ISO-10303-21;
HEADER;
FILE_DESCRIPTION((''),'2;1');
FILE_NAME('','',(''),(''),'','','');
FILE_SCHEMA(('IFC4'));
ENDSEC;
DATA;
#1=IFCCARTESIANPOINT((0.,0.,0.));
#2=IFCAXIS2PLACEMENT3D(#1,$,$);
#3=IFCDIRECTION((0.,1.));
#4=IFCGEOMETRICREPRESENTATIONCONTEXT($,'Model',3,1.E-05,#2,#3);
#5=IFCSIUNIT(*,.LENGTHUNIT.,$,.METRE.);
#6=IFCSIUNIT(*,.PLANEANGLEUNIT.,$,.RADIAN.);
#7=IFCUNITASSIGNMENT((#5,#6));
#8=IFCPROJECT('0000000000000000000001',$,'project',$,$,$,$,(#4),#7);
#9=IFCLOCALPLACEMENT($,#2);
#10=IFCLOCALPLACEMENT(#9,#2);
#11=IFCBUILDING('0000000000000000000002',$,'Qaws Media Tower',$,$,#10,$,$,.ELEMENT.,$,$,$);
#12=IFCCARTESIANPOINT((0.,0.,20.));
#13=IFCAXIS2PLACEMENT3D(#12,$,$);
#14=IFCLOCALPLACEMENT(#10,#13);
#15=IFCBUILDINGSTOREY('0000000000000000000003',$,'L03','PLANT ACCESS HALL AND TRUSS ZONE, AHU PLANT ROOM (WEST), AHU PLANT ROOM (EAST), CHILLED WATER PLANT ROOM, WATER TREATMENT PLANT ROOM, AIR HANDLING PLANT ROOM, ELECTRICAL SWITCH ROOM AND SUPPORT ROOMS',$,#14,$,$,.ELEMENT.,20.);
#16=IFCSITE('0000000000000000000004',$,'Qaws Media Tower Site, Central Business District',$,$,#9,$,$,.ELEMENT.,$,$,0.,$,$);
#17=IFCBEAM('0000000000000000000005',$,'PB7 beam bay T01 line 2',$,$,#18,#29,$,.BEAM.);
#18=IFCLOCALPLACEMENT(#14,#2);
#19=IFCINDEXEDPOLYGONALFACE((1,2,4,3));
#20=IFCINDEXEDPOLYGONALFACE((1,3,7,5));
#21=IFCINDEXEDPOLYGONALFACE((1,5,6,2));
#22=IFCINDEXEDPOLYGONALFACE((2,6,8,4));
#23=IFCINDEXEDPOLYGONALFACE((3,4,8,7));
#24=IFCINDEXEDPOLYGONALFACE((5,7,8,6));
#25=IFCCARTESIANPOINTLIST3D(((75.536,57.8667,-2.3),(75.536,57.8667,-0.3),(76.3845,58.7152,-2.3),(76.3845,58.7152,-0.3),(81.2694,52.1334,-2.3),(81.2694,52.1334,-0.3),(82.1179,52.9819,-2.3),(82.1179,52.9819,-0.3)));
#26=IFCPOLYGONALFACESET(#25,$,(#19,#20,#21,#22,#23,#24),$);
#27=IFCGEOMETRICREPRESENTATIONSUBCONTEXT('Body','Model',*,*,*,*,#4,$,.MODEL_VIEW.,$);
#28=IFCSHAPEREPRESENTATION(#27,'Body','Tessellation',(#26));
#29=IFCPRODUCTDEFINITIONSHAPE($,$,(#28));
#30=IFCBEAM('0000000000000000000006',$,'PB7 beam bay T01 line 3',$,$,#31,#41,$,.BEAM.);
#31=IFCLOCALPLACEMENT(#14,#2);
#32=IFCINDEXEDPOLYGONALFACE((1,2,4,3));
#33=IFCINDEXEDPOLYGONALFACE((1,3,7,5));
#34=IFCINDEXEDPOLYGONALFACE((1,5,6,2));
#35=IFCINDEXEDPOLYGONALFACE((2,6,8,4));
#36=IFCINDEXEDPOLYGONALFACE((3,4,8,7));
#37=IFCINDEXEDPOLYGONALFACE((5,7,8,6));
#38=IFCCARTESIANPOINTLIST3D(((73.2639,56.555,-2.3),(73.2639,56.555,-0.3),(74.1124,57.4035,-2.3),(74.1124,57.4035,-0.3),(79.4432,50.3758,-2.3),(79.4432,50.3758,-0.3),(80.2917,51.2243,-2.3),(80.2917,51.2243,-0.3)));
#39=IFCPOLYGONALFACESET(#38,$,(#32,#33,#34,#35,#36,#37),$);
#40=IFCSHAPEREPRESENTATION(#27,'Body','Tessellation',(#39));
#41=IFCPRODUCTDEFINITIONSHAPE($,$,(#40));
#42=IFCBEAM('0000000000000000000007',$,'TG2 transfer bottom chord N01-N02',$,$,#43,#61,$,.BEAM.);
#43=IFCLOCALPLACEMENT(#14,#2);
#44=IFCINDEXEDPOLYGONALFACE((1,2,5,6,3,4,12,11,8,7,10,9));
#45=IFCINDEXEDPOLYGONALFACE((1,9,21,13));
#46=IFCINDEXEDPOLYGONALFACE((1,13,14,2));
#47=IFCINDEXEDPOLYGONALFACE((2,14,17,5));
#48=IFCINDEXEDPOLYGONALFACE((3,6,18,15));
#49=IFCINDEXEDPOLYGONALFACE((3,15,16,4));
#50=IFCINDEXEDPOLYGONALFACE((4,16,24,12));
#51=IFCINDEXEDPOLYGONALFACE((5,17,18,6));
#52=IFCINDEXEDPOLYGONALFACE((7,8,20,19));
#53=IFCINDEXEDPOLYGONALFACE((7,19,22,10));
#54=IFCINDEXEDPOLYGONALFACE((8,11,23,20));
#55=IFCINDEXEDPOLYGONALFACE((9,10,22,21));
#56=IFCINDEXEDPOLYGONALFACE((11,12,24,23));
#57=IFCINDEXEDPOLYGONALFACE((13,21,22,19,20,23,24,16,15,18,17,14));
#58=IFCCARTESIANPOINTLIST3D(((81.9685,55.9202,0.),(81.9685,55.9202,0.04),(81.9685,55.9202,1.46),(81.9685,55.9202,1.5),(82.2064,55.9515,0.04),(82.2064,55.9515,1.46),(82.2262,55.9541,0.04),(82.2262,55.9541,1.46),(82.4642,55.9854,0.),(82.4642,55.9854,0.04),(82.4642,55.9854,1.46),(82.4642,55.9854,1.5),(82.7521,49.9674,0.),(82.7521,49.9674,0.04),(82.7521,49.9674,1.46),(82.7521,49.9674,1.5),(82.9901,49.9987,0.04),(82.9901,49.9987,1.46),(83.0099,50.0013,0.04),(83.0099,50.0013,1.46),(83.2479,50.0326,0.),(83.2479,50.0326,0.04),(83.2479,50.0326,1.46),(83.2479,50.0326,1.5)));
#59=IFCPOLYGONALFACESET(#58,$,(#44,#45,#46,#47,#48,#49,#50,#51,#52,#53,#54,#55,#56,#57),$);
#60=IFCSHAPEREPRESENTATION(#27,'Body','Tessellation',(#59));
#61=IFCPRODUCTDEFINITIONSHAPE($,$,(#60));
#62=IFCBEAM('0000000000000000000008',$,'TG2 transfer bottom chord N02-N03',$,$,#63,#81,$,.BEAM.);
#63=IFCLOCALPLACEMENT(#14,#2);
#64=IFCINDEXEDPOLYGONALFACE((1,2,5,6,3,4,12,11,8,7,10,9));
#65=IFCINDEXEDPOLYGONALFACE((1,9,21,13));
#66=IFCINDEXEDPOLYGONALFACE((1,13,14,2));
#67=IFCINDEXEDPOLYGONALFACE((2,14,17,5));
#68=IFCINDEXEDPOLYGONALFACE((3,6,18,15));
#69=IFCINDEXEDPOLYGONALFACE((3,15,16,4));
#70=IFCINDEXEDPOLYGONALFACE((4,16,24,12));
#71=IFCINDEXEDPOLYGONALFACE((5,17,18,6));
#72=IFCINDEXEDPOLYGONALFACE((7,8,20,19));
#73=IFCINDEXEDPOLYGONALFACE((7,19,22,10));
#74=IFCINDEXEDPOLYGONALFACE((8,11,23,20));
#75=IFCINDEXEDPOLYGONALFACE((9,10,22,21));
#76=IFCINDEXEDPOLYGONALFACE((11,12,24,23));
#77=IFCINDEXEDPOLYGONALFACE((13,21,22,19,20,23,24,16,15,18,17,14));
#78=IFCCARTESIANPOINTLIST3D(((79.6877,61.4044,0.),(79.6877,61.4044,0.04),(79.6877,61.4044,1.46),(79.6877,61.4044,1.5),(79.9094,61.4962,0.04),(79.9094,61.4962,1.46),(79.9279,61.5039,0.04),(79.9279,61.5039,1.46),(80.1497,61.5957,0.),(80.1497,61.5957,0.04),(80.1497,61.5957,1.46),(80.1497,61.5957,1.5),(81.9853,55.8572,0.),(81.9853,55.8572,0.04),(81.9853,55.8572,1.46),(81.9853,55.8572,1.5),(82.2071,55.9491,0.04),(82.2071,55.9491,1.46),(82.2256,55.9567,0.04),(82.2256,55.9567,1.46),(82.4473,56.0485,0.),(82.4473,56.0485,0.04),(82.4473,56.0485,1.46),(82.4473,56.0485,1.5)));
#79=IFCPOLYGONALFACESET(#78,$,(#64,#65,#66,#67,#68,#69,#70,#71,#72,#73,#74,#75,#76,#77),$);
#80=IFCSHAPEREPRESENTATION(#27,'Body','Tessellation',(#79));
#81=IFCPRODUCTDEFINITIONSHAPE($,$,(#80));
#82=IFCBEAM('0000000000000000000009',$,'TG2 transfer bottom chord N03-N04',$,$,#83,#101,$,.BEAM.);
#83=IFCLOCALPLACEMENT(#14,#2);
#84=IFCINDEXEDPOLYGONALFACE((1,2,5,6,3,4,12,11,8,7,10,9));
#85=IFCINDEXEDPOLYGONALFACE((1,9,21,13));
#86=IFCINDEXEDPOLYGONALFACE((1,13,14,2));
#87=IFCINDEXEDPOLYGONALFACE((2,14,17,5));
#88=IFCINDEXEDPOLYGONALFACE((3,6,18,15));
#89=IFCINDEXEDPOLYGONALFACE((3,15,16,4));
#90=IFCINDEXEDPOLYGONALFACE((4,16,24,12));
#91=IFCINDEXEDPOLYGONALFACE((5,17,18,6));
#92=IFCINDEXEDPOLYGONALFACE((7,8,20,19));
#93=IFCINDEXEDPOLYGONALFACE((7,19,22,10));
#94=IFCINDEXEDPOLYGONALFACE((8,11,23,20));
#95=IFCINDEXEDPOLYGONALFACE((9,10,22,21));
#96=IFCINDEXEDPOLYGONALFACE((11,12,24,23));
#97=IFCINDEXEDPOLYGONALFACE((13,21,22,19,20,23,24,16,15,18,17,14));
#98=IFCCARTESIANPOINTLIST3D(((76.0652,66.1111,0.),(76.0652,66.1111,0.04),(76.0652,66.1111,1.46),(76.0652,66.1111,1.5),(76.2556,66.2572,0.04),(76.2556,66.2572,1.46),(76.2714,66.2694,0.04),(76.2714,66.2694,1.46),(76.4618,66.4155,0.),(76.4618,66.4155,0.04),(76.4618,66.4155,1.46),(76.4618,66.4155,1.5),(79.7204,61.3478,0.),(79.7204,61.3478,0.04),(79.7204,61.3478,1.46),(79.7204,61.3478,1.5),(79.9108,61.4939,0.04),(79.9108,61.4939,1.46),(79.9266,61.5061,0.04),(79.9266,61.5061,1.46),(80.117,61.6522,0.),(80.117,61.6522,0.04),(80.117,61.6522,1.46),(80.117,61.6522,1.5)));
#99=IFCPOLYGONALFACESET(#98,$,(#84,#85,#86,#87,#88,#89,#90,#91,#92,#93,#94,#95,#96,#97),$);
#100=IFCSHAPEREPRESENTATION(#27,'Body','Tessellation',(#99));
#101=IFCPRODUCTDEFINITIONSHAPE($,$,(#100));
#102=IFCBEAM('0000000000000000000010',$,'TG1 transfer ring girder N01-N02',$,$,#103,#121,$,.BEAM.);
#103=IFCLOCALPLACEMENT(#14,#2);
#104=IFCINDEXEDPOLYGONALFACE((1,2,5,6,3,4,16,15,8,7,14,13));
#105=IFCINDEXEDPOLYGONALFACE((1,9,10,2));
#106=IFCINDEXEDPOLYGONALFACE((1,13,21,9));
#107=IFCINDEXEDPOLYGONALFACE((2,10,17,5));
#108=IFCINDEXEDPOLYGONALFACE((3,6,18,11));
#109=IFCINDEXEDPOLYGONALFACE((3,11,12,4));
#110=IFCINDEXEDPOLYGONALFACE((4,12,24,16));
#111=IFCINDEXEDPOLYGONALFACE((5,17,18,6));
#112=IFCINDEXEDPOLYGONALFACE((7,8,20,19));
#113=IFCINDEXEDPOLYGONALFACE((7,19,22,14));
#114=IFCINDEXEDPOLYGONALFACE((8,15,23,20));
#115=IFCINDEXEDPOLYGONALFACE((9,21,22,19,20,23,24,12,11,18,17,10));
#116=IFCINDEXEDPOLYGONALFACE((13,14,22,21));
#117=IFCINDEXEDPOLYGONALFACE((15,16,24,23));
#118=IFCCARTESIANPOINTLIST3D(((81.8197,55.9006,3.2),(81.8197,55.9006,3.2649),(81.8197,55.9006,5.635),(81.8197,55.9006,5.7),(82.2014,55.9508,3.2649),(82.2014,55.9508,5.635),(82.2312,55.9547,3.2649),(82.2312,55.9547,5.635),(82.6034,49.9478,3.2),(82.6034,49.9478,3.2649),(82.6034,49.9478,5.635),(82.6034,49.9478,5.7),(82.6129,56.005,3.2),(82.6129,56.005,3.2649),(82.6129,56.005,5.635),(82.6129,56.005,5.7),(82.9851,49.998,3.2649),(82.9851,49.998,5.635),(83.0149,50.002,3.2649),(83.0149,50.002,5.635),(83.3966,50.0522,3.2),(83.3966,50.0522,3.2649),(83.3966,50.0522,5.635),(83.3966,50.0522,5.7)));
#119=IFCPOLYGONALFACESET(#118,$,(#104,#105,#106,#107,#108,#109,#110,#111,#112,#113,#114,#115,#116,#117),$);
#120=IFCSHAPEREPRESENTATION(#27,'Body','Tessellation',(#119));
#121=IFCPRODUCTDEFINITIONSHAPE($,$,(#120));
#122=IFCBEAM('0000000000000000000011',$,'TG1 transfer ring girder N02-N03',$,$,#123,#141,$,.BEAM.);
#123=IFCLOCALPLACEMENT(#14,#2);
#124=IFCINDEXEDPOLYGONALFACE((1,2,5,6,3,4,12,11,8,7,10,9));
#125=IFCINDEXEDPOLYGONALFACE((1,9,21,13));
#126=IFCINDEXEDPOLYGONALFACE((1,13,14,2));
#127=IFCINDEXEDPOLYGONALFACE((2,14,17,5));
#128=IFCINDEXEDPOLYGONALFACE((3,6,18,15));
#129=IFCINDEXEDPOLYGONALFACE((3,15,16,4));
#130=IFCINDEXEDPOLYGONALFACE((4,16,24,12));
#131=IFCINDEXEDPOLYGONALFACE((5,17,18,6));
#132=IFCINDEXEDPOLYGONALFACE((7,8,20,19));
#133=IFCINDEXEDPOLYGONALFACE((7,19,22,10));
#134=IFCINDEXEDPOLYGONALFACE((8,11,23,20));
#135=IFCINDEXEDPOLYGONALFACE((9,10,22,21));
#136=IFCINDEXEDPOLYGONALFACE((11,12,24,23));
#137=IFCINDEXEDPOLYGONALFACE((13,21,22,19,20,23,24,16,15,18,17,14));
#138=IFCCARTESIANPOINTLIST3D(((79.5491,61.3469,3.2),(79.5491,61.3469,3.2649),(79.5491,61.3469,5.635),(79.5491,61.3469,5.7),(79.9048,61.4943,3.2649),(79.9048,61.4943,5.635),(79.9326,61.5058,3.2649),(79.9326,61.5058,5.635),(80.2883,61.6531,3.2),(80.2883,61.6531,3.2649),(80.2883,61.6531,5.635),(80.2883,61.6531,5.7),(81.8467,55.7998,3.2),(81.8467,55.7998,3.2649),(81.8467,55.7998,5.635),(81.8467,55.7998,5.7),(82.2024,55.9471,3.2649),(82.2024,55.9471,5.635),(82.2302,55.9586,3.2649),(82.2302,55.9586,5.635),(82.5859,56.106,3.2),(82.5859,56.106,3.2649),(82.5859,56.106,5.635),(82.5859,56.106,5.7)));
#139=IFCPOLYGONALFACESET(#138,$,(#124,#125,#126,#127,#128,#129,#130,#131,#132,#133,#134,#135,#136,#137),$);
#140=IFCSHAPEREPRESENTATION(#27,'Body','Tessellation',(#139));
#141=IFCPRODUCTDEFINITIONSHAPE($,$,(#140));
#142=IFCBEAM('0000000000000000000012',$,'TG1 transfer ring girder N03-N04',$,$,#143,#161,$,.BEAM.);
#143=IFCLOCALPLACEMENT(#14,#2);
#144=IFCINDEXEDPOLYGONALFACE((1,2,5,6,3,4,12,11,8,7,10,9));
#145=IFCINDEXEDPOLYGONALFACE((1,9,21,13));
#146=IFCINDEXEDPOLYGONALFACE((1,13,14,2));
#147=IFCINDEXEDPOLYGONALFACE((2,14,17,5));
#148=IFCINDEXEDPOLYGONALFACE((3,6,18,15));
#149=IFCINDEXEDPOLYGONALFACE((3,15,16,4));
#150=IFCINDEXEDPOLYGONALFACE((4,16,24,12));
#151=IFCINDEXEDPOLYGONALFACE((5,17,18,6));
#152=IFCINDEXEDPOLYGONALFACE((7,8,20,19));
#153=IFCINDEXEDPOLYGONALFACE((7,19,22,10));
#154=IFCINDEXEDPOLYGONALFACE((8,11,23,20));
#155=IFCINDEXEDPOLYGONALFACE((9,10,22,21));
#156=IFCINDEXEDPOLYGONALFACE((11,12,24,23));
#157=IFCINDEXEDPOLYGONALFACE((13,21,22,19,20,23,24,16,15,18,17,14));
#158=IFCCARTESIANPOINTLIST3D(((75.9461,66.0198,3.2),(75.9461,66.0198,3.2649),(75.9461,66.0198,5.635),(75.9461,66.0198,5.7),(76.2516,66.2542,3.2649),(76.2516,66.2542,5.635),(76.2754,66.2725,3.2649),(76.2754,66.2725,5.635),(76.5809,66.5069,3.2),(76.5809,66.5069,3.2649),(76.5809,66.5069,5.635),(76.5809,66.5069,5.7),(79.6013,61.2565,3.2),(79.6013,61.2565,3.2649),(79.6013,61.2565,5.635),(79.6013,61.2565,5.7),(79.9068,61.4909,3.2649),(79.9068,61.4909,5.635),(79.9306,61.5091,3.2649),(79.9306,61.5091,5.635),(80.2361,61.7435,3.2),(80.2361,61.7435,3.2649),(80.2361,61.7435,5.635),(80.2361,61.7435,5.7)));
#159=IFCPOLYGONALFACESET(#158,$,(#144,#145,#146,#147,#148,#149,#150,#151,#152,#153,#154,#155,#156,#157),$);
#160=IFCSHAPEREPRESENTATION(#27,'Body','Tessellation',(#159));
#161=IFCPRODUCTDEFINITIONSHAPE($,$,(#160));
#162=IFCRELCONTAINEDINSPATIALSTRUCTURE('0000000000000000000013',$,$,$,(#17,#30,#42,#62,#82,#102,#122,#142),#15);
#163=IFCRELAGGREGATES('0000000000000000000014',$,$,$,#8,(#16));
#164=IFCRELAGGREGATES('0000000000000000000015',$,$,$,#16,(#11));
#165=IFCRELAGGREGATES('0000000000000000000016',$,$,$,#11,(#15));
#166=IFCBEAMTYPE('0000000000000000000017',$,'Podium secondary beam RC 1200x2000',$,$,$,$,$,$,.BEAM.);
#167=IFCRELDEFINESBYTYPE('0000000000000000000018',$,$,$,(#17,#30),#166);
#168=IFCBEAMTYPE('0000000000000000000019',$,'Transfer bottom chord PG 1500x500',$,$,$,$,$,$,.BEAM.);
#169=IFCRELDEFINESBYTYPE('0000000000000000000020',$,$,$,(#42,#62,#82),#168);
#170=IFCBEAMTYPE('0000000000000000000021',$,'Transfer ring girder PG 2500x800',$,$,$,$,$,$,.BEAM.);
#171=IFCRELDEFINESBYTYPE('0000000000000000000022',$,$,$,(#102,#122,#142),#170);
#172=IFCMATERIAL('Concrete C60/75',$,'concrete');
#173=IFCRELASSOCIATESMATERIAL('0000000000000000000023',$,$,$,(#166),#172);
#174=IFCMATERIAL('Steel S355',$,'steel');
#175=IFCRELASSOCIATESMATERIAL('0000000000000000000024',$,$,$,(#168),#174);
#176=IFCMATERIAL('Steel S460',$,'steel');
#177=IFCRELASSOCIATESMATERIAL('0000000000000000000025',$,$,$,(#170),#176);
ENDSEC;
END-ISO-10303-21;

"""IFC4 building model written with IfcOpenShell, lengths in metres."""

from ifc_helpers import new_model, si_unit, direction, frame, origin, origin_2d, place, context, subcontext, project, spatial, rectangle, i_section, extrude, material, material_profile, profile_set, type_object, element, save


model = new_model("IFC4")

# Units and contexts
model_context = context("Model", 3, precision=1e-05, world=origin(), true_north=direction((0.0, 1.0)))
body_context = subcontext(model_context, "Body", "Model", "MODEL_VIEW")
ifc_project = project(units=[si_unit("LENGTHUNIT", "METRE"), si_unit("PLANEANGLEUNIT", "RADIAN")], contexts=[model_context])

# Site, building, storey
site_placement = place(None, origin())
site = spatial("IfcSite", under=ifc_project, at=site_placement, Name="Qaws Media Tower Site, Central Business District", CompositionType="ELEMENT", RefElevation=0.0)
building_placement = place(site_placement, origin())
building = spatial("IfcBuilding", under=site, at=building_placement, Name="Qaws Media Tower", CompositionType="ELEMENT")
storey_placement = place(building_placement, frame((0.0, 0.0, 20.0)))
storey = spatial("IfcBuildingStorey", under=building, at=storey_placement, Name="L03", Description="PLANT ACCESS HALL AND TRUSS ZONE, AHU PLANT ROOM (WEST), AHU PLANT ROOM (EAST), CHILLED WATER PLANT ROOM, WATER TREATMENT PLANT ROOM, AIR HANDLING PLANT ROOM, ELECTRICAL SWITCH ROOM AND SUPPORT ROOMS", CompositionType="ELEMENT", Elevation=20.0)

# Beams
ifc_material_1 = material(Name="Concrete C60/75", Category="concrete")
ifc_material_profile_1 = material_profile(ifc_material_1, rectangle(XDim=1.2, YDim=2.0, at=origin_2d()), Name="RC 1200x2000")
ifc_profile_set_1 = profile_set([ifc_material_profile_1], Name="Concrete C60/75")
beam_type_1 = type_object("IfcBeamType", Name="Podium secondary beam RC 1200x2000", PredefinedType="BEAM", material=ifc_profile_set_1)
beam_1_placement = place(storey_placement, frame((81.6936, 52.5576, -1.3), z_axis=(-0.707107, 0.707107, 0.0), x_axis=(-0.707107, -0.707107, 0.0)))
element("IfcBeam", 1, at=beam_1_placement, inside=storey, type_object=beam_type_1, Name="PB7 beam bay T01 line 2", PredefinedType="BEAM", context=body_context, shape_type="SweptSolid", body=[
    extrude(rectangle(XDim=1.2, YDim=2.0, at=origin_2d()), origin(), (0.0, 0.0, 1.0), 8.1082),
])
beam_2_placement = place(storey_placement, frame((79.8674, 50.8, -1.3), z_axis=(-0.707107, 0.707107, 0.0), x_axis=(-0.707107, -0.707107, 0.0)))
element("IfcBeam", 2, at=beam_2_placement, inside=storey, type_object=beam_type_1, Name="PB7 beam bay T01 line 3", PredefinedType="BEAM", context=body_context, shape_type="SweptSolid", body=[
    extrude(rectangle(XDim=1.2, YDim=2.0, at=origin_2d()), origin(), (0.0, 0.0, 1.0), 8.7388),
])
ifc_material_2 = material(Name="Steel S355", Category="steel")
ifc_material_profile_2 = material_profile(ifc_material_2, i_section(OverallWidth=0.5, OverallDepth=1.5, WebThickness=0.02, FlangeThickness=0.04, at=origin_2d()), Name="PG 1500x500")
ifc_profile_set_2 = profile_set([ifc_material_profile_2], Name="Steel S355")
beam_type_2 = type_object("IfcBeamType", Name="Transfer bottom chord PG 1500x500", PredefinedType="BEAM", material=ifc_profile_set_2)
for number, where, z_axis, x_axis, name in (
    (3, (83.0, 50.0, 0.75), (-0.130523, 0.991445, 0.0), (-0.991445, -0.130523, 0.0), "TG2 transfer bottom chord N01-N02"),
    (4, (82.2163, 55.9529, 0.75), (-0.382671, 0.923885, 0.0), (-0.923885, -0.382671, 0.0), "TG2 transfer bottom chord N02-N03"),
    (5, (79.9187, 61.5, 0.75), (-0.608779, 0.79334, 0.0), (-0.79334, -0.608779, 0.0), "TG2 transfer bottom chord N03-N04"),
):
    element("IfcBeam", number, at=place(storey_placement, frame(where, z_axis=z_axis, x_axis=x_axis)), inside=storey, type_object=beam_type_2, Name=name, PredefinedType="BEAM", context=body_context, shape_type="SweptSolid", body=[
        extrude(i_section(OverallWidth=0.5, OverallDepth=1.5, WebThickness=0.02, FlangeThickness=0.04, at=origin_2d()), origin(), (0.0, 0.0, 1.0), 6.0042),
    ])
ifc_material_3 = material(Name="Steel S460", Category="steel")
ifc_material_profile_3 = material_profile(ifc_material_3, i_section(OverallWidth=0.8, OverallDepth=2.5, WebThickness=0.03, FlangeThickness=0.0649, at=origin_2d()), Name="PG 2500x800")
ifc_profile_set_3 = profile_set([ifc_material_profile_3], Name="Steel S460")
beam_type_3 = type_object("IfcBeamType", Name="Transfer ring girder PG 2500x800", PredefinedType="BEAM", material=ifc_profile_set_3)
for number, where, z_axis, x_axis, name in (
    (6, (83.0, 50.0, 4.45), (-0.130523, 0.991445, 0.0), (-0.991445, -0.130523, 0.0), "TG1 transfer ring girder N01-N02"),
    (7, (82.2163, 55.9529, 4.45), (-0.382671, 0.923885, 0.0), (-0.923885, -0.382671, 0.0), "TG1 transfer ring girder N02-N03"),
    (8, (79.9187, 61.5, 4.45), (-0.608779, 0.79334, 0.0), (-0.79334, -0.608779, 0.0), "TG1 transfer ring girder N03-N04"),
):
    element("IfcBeam", number, at=place(storey_placement, frame(where, z_axis=z_axis, x_axis=x_axis)), inside=storey, type_object=beam_type_3, Name=name, PredefinedType="BEAM", context=body_context, shape_type="SweptSolid", body=[
        extrude(i_section(OverallWidth=0.8, OverallDepth=2.5, WebThickness=0.03, FlangeThickness=0.0649, at=origin_2d()), origin(), (0.0, 0.0, 1.0), 6.0042),
    ])

save(model, "model.ifc")
